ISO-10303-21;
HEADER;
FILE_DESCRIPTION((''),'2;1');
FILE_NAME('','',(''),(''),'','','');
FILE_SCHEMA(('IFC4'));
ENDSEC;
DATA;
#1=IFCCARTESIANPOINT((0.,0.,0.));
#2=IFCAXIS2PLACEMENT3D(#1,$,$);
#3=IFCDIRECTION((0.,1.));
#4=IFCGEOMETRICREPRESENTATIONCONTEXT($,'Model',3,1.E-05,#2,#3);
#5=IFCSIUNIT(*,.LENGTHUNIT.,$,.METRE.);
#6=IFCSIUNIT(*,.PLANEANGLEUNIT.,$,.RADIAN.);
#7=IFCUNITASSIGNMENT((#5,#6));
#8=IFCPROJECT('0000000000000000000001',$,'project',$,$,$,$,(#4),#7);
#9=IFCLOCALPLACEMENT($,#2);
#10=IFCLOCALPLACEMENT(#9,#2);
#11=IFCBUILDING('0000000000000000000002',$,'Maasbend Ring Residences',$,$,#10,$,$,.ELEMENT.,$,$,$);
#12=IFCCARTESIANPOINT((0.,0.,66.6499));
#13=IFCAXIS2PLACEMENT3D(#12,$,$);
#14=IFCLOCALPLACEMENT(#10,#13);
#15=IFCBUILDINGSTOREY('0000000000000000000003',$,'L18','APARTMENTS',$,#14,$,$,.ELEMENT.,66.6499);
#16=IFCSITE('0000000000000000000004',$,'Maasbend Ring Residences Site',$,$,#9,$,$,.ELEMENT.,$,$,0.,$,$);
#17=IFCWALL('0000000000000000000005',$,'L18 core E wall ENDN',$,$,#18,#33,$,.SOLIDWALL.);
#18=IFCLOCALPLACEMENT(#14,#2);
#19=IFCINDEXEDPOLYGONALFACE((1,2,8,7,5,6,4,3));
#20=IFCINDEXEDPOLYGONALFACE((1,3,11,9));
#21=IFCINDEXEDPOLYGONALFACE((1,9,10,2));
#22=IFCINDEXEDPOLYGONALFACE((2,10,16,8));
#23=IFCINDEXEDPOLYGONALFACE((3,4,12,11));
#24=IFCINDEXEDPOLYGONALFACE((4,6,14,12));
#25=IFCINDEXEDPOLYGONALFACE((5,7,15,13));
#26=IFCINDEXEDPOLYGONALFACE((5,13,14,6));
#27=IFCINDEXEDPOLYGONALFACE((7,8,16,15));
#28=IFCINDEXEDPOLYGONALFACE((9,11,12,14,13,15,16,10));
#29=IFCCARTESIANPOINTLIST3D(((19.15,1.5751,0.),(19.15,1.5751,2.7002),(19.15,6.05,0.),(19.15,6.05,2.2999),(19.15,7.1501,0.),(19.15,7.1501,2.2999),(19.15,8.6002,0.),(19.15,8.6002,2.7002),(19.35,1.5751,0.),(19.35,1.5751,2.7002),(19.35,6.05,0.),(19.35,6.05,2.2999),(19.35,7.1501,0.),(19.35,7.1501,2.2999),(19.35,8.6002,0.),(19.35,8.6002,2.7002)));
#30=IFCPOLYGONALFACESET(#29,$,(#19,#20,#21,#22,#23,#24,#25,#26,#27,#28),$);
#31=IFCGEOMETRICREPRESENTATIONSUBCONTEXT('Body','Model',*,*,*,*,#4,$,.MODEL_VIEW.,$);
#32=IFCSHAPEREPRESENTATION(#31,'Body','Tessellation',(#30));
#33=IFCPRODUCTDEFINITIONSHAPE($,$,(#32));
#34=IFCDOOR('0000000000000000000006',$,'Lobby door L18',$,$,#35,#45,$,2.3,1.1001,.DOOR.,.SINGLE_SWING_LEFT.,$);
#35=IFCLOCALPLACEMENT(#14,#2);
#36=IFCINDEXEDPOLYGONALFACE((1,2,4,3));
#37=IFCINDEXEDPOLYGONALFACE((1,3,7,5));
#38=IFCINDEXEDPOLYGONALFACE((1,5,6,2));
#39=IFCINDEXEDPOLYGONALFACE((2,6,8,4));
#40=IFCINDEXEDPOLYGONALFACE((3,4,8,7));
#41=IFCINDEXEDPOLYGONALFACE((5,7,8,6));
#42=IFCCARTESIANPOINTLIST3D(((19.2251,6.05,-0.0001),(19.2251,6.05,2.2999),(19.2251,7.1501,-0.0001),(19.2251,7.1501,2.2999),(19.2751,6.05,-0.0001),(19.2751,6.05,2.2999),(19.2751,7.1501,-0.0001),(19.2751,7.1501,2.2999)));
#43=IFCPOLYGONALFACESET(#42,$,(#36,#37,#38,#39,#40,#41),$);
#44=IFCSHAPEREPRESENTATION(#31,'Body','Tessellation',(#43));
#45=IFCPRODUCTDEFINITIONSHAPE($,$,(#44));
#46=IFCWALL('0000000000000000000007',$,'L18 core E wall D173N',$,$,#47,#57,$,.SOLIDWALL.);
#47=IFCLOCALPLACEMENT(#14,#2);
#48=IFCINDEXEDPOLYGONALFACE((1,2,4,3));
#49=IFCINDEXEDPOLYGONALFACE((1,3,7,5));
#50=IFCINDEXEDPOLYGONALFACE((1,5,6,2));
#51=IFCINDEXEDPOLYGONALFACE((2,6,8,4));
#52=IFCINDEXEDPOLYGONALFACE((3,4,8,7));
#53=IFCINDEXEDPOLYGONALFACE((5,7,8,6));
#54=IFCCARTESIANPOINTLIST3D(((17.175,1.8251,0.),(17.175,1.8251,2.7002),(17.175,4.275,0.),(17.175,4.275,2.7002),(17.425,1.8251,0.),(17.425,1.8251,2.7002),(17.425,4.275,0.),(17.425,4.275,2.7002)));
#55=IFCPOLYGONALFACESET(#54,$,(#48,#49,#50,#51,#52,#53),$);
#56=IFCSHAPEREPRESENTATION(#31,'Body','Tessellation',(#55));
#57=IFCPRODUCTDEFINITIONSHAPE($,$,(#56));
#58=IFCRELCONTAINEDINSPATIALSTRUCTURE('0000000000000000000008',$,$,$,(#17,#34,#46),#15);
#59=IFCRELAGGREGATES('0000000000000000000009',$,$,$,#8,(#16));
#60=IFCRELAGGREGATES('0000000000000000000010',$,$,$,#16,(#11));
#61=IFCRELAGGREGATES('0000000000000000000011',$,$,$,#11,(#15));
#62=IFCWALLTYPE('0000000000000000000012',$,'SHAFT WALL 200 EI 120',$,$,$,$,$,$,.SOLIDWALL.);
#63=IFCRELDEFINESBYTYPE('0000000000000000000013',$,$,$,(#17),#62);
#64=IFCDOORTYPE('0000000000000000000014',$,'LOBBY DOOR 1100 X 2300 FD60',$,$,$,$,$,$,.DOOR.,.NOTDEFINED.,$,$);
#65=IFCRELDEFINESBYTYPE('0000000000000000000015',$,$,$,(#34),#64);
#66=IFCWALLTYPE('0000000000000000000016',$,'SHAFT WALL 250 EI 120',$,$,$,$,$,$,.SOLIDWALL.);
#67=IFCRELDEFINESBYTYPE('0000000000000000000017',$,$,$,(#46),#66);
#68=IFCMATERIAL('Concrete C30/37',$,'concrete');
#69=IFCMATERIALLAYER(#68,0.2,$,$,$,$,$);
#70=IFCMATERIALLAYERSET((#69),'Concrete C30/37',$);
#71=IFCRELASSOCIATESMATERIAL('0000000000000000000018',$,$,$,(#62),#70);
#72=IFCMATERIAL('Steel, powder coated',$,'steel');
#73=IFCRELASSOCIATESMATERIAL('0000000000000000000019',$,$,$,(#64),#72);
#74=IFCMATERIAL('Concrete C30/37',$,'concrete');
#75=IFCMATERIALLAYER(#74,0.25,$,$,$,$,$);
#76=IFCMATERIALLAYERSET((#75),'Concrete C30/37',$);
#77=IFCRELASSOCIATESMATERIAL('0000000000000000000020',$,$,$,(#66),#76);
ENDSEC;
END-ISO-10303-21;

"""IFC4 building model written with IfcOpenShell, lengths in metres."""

from ifc_helpers import new_model, si_unit, direction, frame, frame_2d, origin, place, context, subcontext, project, spatial, rectangle, extrude, material, layer, layer_set, type_object, element, fill, save


model = new_model("IFC4")

# Units and contexts
model_context = context("Model", 3, precision=1e-05, world=origin(), true_north=direction((0.0, 1.0)))
body_context = subcontext(model_context, "Body", "Model", "MODEL_VIEW")
ifc_project = project(units=[si_unit("LENGTHUNIT", "METRE"), si_unit("PLANEANGLEUNIT", "RADIAN")], contexts=[model_context])

# Site, building, storey
site_placement = place(None, origin())
site = spatial("IfcSite", under=ifc_project, at=site_placement, Name="Maasbend Ring Residences Site", CompositionType="ELEMENT", RefElevation=0.0)
building_placement = place(site_placement, origin())
building = spatial("IfcBuilding", under=site, at=building_placement, Name="Maasbend Ring Residences", CompositionType="ELEMENT")
storey_placement = place(building_placement, frame((0.0, 0.0, 66.6499)))
storey = spatial("IfcBuildingStorey", under=building, at=storey_placement, Name="L18", Description="APARTMENTS", CompositionType="ELEMENT", Elevation=66.6499)

# Wall, opening, door
ifc_material_1 = material(Name="Concrete C30/37", Category="concrete")
ifc_layer_1 = layer(ifc_material_1, 0.2)
ifc_layer_set_1 = layer_set([ifc_layer_1], Name="Concrete C30/37")
wall_type_1 = type_object("IfcWallType", Name="SHAFT WALL 200 EI 120", PredefinedType="SOLIDWALL", material=ifc_layer_set_1)
wall_1_placement = place(storey_placement, frame((19.25, 1.575, 0.0), z_axis=(0.0, 0.0, 1.0), x_axis=(0.0, 1.0, 0.0)))
wall_1 = element("IfcWall", 1, at=wall_1_placement, inside=storey, type_object=wall_type_1, Name="L18 core E wall ENDN", PredefinedType="SOLIDWALL", context=body_context, shape_type="SweptSolid", body=[
    extrude(rectangle(XDim=7.0251, YDim=0.2, at=frame_2d((3.5127, 0.0))), origin(), (0.0, 0.0, 1.0), 2.7002),
])
opening_1_placement = place(wall_1_placement, frame((4.4751, 0.0, 0.0)))
opening_1 = element("IfcOpeningElement", 2, at=opening_1_placement, cuts=wall_1, PredefinedType="OPENING", context=body_context, shape_type="SweptSolid", body=[
    extrude(rectangle(XDim=1.1001, YDim=2.3, at=frame_2d((0.55, 1.1499))), frame((0.0, 0.1099, 0.0), z_axis=(0.0, -1.0, 0.0), x_axis=(1.0, 0.0, 0.0)), (0.0, 0.0, 1.0), 0.22),
])
ifc_material_2 = material(Name="Steel, powder coated", Category="steel")
door_type_1 = type_object("IfcDoorType", Name="LOBBY DOOR 1100 X 2300 FD60", OperationType="NOTDEFINED", PredefinedType="DOOR", material=ifc_material_2)
door_1_placement = place(opening_1_placement, origin())
door_1 = element("IfcDoor", 3, at=door_1_placement, inside=storey, type_object=door_type_1, Name="Lobby door L18", OperationType="SINGLE_SWING_LEFT", OverallHeight=2.3, OverallWidth=1.1001, PredefinedType="DOOR", context=body_context, shape_type="SweptSolid", body=[
    extrude(rectangle(XDim=1.1001, YDim=2.3, at=frame_2d((0.55, 1.1499))), frame((0.0, 0.0249, 0.0), z_axis=(0.0, -1.0, 0.0), x_axis=(1.0, 0.0, 0.0)), (0.0, 0.0, 1.0), 0.05),
])
fill(opening_1, door_1)

# Wall
ifc_material_3 = material(Name="Concrete C30/37", Category="concrete")
ifc_layer_2 = layer(ifc_material_3, 0.25)
ifc_layer_set_2 = layer_set([ifc_layer_2], Name="Concrete C30/37")
wall_type_2 = type_object("IfcWallType", Name="SHAFT WALL 250 EI 120", PredefinedType="SOLIDWALL", material=ifc_layer_set_2)
wall_2_placement = place(storey_placement, frame((17.3, 1.825, 0.0), z_axis=(0.0, 0.0, 1.0), x_axis=(0.0, 1.0, 0.0)))
element("IfcWall", 4, at=wall_2_placement, inside=storey, type_object=wall_type_2, Name="L18 core E wall D173N", PredefinedType="SOLIDWALL", context=body_context, shape_type="SweptSolid", body=[
    extrude(rectangle(XDim=2.45, YDim=0.25, at=frame_2d((1.2251, 0.0))), origin(), (0.0, 0.0, 1.0), 2.7002),
])

save(model, "model.ifc")
